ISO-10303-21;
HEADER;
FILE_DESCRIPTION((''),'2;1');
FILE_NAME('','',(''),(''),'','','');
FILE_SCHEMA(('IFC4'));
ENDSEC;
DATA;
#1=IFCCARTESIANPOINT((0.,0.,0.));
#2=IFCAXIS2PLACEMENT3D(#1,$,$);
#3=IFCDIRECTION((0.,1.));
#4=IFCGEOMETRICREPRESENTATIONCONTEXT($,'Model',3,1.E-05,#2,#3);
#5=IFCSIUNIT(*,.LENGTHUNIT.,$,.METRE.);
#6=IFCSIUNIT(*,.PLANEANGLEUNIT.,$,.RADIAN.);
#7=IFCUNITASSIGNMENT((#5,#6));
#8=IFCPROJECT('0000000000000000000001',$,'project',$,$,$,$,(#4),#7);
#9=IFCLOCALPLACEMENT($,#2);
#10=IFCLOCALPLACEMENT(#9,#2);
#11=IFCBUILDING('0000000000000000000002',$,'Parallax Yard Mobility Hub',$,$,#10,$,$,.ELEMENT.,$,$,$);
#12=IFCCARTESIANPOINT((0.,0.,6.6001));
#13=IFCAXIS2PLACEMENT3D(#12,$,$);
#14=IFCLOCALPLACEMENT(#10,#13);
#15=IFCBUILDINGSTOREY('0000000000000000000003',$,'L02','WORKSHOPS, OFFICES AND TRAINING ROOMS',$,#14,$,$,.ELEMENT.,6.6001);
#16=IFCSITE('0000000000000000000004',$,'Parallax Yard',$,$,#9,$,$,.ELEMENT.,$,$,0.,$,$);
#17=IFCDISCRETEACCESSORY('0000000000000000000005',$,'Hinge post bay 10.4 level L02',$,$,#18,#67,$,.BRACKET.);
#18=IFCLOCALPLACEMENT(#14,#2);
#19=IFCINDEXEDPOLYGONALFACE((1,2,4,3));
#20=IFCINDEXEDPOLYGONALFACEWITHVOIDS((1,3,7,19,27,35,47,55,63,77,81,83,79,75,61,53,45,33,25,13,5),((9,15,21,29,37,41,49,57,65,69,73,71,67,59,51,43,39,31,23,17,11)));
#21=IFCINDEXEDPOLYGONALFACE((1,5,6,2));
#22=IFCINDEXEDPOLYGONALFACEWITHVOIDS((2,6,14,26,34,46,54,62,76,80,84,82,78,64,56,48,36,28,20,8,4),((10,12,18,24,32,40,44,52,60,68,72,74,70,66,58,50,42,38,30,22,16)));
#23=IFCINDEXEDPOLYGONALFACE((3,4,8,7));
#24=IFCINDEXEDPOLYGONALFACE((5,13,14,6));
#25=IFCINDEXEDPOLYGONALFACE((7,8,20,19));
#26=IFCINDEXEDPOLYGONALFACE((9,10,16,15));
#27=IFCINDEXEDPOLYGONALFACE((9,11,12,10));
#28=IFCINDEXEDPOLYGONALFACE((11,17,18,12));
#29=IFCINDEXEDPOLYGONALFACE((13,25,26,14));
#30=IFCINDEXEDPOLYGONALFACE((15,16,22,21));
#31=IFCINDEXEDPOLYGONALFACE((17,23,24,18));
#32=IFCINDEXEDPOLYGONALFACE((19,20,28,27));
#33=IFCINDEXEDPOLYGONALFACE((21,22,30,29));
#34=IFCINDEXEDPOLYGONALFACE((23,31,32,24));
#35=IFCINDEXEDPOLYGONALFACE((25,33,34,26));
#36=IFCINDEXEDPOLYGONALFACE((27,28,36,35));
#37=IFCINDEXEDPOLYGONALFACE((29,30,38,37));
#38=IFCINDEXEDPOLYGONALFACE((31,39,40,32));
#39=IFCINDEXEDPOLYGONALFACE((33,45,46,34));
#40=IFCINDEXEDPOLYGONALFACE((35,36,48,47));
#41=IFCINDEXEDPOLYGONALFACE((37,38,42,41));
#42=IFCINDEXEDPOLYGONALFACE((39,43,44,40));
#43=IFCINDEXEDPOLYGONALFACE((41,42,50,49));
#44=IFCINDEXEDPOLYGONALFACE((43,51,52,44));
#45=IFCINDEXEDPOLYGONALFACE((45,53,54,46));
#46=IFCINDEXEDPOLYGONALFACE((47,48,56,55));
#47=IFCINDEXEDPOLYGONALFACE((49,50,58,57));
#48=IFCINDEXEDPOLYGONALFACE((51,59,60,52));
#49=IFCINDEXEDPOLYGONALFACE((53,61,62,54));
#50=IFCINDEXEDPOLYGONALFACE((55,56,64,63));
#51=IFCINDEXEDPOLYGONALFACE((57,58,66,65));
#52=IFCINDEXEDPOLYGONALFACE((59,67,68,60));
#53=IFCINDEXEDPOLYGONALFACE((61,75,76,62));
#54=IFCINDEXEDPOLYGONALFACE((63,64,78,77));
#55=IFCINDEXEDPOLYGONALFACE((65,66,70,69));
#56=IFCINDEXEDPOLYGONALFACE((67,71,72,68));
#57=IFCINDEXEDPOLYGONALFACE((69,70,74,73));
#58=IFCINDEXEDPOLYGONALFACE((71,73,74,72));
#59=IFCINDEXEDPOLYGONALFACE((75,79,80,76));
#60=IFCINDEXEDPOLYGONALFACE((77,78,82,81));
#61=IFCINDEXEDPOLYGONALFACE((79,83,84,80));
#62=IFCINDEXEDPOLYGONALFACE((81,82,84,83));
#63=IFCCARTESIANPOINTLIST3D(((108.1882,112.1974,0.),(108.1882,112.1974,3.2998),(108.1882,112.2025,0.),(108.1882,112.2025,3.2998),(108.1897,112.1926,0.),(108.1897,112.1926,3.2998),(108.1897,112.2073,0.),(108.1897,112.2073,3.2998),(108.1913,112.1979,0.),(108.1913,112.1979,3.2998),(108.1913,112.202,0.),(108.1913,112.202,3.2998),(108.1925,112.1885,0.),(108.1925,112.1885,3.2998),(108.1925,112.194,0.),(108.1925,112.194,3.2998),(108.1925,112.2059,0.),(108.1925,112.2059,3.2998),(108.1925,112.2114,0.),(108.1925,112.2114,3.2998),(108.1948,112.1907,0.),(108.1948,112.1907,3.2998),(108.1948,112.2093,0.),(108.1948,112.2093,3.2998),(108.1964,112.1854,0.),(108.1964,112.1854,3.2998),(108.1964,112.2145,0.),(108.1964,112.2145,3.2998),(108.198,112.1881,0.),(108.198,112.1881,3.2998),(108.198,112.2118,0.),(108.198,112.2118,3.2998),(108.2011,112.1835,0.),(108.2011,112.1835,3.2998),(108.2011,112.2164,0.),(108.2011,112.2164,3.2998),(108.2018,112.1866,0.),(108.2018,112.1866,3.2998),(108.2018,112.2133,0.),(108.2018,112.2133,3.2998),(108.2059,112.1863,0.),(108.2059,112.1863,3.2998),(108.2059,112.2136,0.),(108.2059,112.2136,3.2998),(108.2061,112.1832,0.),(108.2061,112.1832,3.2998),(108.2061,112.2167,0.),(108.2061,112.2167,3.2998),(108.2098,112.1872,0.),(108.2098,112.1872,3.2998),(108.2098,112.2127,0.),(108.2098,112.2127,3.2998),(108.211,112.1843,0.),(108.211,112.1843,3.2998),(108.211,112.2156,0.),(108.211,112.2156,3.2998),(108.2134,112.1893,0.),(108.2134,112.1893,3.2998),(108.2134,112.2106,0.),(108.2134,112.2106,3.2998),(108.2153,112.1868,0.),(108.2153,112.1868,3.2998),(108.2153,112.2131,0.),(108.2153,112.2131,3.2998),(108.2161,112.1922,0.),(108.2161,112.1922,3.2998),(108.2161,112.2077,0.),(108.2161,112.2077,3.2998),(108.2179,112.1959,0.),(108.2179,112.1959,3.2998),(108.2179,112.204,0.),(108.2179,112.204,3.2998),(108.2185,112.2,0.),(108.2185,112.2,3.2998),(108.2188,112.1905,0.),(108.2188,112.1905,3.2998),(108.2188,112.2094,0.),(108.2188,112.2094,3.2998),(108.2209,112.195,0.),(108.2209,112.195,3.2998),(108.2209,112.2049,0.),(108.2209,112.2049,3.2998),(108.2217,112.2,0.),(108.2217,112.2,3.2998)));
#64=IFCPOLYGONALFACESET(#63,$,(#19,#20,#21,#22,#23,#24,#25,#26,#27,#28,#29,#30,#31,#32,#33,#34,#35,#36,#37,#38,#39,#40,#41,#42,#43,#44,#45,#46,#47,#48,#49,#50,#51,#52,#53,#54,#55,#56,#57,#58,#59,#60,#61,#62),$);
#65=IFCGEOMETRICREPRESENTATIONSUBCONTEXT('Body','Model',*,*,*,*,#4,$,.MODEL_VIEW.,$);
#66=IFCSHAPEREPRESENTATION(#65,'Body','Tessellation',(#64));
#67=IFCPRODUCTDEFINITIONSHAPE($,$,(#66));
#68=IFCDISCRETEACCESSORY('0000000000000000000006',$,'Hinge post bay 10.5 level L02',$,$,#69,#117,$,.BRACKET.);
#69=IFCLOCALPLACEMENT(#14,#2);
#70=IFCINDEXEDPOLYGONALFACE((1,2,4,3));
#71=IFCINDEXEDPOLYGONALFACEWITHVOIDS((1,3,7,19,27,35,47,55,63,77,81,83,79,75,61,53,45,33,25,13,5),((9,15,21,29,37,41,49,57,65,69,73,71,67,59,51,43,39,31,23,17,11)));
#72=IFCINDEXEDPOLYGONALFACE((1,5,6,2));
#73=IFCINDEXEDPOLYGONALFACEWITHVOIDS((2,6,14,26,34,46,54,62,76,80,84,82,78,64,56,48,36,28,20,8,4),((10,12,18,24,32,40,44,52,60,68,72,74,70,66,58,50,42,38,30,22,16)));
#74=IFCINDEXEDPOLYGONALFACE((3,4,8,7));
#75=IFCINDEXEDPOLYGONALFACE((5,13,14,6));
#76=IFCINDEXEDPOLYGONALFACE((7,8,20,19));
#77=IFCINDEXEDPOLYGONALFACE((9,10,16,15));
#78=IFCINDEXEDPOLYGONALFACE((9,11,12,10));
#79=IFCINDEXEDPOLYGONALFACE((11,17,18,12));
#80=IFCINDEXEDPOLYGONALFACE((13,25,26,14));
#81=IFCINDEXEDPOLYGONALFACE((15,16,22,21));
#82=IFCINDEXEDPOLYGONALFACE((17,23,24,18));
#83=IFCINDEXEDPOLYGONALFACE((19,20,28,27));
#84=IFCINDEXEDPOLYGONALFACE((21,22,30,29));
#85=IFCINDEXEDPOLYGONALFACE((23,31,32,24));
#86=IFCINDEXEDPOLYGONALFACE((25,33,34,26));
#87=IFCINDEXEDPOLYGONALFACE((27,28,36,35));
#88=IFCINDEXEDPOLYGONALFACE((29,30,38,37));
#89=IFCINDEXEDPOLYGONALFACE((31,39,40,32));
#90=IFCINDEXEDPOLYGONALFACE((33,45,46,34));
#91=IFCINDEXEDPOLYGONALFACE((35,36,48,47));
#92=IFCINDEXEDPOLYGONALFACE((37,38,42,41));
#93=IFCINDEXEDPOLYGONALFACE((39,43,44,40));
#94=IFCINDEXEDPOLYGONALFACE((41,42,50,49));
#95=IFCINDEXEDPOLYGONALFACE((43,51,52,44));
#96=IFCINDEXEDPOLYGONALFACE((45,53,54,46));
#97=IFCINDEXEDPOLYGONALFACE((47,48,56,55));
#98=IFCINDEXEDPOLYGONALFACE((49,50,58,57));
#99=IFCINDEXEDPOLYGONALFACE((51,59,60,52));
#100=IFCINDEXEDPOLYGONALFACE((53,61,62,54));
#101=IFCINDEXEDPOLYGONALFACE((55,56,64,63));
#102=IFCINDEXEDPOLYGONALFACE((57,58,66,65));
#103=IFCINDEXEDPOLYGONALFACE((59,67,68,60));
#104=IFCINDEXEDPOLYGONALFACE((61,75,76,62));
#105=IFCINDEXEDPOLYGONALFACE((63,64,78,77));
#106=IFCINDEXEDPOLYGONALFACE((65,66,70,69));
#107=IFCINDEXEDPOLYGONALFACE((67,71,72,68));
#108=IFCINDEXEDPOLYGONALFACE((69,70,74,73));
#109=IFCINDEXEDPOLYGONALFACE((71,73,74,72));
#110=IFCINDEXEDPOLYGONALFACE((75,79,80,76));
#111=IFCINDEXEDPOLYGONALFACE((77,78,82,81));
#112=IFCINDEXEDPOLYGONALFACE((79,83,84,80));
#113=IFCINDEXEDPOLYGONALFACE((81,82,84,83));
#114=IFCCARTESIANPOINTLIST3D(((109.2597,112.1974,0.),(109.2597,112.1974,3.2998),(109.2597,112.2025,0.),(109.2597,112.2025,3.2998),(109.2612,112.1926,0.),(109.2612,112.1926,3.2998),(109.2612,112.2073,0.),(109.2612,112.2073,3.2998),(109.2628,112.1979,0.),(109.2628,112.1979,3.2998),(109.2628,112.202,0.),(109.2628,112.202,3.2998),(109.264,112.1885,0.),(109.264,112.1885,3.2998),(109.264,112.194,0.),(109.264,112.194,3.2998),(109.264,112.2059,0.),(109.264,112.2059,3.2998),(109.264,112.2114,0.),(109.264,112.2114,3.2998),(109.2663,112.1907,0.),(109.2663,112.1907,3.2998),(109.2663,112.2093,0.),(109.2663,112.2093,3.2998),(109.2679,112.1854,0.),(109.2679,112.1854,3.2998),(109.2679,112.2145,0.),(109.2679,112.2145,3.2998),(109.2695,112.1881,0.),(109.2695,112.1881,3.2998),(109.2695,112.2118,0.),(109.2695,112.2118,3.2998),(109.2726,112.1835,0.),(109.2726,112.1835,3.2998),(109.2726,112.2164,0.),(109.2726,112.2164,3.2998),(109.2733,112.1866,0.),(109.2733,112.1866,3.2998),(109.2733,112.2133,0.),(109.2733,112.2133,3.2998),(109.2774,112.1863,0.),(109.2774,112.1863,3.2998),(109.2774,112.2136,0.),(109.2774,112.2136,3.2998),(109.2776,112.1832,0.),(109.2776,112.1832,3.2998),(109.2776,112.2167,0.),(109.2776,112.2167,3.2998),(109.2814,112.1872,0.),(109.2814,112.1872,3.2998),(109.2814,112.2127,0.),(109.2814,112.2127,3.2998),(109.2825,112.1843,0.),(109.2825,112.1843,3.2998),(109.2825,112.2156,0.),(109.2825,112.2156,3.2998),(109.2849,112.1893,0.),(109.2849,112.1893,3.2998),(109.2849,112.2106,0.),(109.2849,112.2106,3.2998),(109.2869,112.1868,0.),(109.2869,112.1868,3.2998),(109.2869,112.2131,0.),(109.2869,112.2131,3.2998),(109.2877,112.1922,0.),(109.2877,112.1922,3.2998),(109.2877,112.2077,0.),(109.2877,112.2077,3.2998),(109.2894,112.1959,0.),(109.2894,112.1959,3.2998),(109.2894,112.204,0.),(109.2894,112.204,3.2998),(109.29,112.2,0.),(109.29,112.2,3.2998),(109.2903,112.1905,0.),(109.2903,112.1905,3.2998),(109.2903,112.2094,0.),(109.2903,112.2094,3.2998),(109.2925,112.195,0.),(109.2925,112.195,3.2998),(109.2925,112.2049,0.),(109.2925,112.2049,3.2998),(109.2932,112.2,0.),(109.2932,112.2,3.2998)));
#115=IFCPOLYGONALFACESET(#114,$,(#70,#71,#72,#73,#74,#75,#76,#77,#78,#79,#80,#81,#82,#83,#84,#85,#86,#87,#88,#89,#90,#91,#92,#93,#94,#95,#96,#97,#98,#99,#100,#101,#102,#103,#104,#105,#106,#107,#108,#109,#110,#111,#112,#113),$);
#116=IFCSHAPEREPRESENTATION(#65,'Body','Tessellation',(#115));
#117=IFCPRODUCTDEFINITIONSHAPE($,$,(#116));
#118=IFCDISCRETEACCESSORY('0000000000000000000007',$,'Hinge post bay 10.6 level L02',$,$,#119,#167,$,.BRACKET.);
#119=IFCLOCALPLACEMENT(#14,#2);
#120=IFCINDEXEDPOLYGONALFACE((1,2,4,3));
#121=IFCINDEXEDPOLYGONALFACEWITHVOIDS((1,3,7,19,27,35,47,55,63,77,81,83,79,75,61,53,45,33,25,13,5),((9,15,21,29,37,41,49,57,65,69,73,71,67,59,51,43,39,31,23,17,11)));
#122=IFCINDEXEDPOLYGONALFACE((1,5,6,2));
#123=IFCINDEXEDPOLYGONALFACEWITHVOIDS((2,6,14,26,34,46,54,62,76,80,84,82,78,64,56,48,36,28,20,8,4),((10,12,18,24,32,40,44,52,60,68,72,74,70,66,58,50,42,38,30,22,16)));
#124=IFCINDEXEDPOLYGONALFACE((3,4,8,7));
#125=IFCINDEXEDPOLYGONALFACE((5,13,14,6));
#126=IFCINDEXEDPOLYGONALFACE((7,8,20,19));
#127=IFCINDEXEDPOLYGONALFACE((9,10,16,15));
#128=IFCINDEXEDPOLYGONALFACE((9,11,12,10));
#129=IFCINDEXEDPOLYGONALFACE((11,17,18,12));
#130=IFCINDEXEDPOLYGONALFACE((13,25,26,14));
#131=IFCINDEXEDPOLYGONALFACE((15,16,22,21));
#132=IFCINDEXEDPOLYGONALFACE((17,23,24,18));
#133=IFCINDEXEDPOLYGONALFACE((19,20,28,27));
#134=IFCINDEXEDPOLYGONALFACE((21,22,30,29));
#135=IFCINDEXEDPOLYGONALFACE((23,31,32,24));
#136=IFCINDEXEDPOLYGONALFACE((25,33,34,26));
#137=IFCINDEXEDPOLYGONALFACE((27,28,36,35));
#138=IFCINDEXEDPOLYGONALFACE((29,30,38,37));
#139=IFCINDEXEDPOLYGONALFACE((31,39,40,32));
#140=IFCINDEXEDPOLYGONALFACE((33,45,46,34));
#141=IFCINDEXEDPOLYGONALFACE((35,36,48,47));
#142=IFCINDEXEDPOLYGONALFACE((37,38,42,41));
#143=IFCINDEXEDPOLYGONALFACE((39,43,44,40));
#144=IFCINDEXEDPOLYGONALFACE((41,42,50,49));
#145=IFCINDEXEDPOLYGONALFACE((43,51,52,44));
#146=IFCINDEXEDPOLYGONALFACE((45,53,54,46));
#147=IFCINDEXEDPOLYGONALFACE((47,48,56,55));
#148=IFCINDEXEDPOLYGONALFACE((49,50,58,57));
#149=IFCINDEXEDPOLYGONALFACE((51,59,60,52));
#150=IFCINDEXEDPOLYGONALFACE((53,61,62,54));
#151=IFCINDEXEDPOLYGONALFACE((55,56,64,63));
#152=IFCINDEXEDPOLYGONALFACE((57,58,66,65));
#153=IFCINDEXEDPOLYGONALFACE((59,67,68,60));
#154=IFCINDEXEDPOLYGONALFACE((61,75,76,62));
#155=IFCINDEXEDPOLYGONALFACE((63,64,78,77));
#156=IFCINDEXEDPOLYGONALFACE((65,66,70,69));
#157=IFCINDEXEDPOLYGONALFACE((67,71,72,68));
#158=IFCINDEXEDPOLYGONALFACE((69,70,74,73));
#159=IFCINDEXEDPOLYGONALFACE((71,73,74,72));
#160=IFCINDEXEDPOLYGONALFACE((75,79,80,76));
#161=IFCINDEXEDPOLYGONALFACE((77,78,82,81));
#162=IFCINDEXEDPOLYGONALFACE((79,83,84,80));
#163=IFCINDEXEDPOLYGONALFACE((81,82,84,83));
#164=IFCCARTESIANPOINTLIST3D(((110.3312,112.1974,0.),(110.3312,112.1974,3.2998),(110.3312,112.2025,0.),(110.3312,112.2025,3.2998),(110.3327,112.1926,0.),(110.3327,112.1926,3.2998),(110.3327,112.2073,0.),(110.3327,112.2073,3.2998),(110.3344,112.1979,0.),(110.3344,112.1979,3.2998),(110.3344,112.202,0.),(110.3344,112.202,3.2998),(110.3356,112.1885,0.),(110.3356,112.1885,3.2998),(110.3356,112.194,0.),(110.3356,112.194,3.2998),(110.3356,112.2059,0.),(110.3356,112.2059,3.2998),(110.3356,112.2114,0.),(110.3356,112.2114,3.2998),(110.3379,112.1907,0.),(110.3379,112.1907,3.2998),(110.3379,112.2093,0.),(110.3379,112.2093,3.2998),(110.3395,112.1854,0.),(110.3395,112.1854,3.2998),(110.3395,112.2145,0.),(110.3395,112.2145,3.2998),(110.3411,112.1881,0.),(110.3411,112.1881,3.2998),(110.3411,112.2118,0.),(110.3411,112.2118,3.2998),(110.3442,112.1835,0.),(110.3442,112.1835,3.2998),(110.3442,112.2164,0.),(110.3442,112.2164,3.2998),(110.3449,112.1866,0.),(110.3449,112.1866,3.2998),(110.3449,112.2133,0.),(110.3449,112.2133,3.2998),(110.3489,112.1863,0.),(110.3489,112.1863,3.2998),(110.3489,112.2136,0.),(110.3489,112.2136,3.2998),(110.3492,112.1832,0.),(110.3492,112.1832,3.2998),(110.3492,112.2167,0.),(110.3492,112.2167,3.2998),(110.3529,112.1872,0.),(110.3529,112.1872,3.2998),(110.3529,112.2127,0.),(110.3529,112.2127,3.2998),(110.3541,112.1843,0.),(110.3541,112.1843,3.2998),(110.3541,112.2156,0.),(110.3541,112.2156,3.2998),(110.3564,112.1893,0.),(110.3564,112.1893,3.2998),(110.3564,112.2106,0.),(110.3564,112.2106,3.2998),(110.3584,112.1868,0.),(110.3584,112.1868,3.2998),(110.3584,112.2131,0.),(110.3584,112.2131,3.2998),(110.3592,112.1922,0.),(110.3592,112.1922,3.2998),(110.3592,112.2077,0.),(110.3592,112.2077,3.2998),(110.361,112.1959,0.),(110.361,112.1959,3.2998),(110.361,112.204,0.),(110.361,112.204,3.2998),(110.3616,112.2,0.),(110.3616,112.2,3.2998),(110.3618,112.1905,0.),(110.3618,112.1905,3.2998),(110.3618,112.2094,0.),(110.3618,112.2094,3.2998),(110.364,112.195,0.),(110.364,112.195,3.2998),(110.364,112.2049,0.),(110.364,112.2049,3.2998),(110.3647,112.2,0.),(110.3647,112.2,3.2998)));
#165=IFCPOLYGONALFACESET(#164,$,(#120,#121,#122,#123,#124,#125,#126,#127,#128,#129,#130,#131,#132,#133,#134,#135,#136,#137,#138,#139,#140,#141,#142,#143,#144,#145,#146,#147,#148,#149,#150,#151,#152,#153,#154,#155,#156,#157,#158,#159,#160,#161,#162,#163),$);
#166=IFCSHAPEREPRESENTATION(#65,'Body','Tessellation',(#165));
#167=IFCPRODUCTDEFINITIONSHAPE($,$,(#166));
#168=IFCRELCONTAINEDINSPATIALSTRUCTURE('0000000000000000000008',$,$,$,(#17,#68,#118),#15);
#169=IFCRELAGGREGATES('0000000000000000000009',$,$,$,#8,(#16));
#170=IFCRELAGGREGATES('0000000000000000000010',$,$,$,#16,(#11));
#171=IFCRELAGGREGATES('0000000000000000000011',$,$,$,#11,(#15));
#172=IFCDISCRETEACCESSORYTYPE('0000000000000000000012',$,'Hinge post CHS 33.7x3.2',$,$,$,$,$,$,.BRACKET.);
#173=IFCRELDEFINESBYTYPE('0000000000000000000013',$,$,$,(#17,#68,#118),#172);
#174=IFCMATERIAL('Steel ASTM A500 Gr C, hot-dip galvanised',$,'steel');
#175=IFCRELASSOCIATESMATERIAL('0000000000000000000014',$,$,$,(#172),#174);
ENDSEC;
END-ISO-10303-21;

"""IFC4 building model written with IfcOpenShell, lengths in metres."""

from ifc_helpers import new_model, si_unit, direction, frame, origin, origin_2d, place, context, subcontext, project, spatial, hollow_circle, extrude, material, material_profile, profile_set, type_object, element, save


model = new_model("IFC4")

# Units and contexts
model_context = context("Model", 3, precision=1e-05, world=origin(), true_north=direction((0.0, 1.0)))
body_context = subcontext(model_context, "Body", "Model", "MODEL_VIEW")
ifc_project = project(units=[si_unit("LENGTHUNIT", "METRE"), si_unit("PLANEANGLEUNIT", "RADIAN")], contexts=[model_context])

# Site, building, storey
site_placement = place(None, origin())
site = spatial("IfcSite", under=ifc_project, at=site_placement, Name="Parallax Yard", CompositionType="ELEMENT", RefElevation=0.0)
building_placement = place(site_placement, origin())
building = spatial("IfcBuilding", under=site, at=building_placement, Name="Parallax Yard Mobility Hub", CompositionType="ELEMENT")
storey_placement = place(building_placement, frame((0.0, 0.0, 6.6001)))
storey = spatial("IfcBuildingStorey", under=building, at=storey_placement, Name="L02", Description="WORKSHOPS, OFFICES AND TRAINING ROOMS", CompositionType="ELEMENT", Elevation=6.6001)

# Discrete accessories
ifc_material_1 = material(Name="Steel ASTM A500 Gr C, hot-dip galvanised", Category="steel")
ifc_material_profile_1 = material_profile(ifc_material_1, hollow_circle(Radius=0.0168, WallThickness=0.0032, at=origin_2d()), Name="CHS 33.7x3.2")
ifc_profile_set_1 = profile_set([ifc_material_profile_1], Name="Steel ASTM A500 Gr C, hot-dip galvanised")
discrete_accessory_type_1 = type_object("IfcDiscreteAccessoryType", Name="Hinge post CHS 33.7x3.2", PredefinedType="BRACKET", material=ifc_profile_set_1)
for number, where, z_axis, x_axis, name in (
    (1, (108.2048, 112.2, 0.0), (0.0, 0.0, 1.0), (1.0, 0.0, 0.0), "Hinge post bay 10.4 level L02"),
    (2, (109.2764, 112.2, 0.0), (0.0, 0.0, 1.0), (1.0, 0.0, 0.0), "Hinge post bay 10.5 level L02"),
    (3, (110.3479, 112.2, 0.0), (0.0, 0.0, 1.0), (1.0, 0.0, 0.0), "Hinge post bay 10.6 level L02"),
):
    element("IfcDiscreteAccessory", number, at=place(storey_placement, frame(where, z_axis=z_axis, x_axis=x_axis)), inside=storey, type_object=discrete_accessory_type_1, Name=name, PredefinedType="BRACKET", context=body_context, shape_type="SweptSolid", body=[
        extrude(hollow_circle(Radius=0.0168, WallThickness=0.0032, at=origin_2d()), origin(), (0.0, 0.0, 1.0), 3.2998),
    ])

save(model, "model.ifc")
